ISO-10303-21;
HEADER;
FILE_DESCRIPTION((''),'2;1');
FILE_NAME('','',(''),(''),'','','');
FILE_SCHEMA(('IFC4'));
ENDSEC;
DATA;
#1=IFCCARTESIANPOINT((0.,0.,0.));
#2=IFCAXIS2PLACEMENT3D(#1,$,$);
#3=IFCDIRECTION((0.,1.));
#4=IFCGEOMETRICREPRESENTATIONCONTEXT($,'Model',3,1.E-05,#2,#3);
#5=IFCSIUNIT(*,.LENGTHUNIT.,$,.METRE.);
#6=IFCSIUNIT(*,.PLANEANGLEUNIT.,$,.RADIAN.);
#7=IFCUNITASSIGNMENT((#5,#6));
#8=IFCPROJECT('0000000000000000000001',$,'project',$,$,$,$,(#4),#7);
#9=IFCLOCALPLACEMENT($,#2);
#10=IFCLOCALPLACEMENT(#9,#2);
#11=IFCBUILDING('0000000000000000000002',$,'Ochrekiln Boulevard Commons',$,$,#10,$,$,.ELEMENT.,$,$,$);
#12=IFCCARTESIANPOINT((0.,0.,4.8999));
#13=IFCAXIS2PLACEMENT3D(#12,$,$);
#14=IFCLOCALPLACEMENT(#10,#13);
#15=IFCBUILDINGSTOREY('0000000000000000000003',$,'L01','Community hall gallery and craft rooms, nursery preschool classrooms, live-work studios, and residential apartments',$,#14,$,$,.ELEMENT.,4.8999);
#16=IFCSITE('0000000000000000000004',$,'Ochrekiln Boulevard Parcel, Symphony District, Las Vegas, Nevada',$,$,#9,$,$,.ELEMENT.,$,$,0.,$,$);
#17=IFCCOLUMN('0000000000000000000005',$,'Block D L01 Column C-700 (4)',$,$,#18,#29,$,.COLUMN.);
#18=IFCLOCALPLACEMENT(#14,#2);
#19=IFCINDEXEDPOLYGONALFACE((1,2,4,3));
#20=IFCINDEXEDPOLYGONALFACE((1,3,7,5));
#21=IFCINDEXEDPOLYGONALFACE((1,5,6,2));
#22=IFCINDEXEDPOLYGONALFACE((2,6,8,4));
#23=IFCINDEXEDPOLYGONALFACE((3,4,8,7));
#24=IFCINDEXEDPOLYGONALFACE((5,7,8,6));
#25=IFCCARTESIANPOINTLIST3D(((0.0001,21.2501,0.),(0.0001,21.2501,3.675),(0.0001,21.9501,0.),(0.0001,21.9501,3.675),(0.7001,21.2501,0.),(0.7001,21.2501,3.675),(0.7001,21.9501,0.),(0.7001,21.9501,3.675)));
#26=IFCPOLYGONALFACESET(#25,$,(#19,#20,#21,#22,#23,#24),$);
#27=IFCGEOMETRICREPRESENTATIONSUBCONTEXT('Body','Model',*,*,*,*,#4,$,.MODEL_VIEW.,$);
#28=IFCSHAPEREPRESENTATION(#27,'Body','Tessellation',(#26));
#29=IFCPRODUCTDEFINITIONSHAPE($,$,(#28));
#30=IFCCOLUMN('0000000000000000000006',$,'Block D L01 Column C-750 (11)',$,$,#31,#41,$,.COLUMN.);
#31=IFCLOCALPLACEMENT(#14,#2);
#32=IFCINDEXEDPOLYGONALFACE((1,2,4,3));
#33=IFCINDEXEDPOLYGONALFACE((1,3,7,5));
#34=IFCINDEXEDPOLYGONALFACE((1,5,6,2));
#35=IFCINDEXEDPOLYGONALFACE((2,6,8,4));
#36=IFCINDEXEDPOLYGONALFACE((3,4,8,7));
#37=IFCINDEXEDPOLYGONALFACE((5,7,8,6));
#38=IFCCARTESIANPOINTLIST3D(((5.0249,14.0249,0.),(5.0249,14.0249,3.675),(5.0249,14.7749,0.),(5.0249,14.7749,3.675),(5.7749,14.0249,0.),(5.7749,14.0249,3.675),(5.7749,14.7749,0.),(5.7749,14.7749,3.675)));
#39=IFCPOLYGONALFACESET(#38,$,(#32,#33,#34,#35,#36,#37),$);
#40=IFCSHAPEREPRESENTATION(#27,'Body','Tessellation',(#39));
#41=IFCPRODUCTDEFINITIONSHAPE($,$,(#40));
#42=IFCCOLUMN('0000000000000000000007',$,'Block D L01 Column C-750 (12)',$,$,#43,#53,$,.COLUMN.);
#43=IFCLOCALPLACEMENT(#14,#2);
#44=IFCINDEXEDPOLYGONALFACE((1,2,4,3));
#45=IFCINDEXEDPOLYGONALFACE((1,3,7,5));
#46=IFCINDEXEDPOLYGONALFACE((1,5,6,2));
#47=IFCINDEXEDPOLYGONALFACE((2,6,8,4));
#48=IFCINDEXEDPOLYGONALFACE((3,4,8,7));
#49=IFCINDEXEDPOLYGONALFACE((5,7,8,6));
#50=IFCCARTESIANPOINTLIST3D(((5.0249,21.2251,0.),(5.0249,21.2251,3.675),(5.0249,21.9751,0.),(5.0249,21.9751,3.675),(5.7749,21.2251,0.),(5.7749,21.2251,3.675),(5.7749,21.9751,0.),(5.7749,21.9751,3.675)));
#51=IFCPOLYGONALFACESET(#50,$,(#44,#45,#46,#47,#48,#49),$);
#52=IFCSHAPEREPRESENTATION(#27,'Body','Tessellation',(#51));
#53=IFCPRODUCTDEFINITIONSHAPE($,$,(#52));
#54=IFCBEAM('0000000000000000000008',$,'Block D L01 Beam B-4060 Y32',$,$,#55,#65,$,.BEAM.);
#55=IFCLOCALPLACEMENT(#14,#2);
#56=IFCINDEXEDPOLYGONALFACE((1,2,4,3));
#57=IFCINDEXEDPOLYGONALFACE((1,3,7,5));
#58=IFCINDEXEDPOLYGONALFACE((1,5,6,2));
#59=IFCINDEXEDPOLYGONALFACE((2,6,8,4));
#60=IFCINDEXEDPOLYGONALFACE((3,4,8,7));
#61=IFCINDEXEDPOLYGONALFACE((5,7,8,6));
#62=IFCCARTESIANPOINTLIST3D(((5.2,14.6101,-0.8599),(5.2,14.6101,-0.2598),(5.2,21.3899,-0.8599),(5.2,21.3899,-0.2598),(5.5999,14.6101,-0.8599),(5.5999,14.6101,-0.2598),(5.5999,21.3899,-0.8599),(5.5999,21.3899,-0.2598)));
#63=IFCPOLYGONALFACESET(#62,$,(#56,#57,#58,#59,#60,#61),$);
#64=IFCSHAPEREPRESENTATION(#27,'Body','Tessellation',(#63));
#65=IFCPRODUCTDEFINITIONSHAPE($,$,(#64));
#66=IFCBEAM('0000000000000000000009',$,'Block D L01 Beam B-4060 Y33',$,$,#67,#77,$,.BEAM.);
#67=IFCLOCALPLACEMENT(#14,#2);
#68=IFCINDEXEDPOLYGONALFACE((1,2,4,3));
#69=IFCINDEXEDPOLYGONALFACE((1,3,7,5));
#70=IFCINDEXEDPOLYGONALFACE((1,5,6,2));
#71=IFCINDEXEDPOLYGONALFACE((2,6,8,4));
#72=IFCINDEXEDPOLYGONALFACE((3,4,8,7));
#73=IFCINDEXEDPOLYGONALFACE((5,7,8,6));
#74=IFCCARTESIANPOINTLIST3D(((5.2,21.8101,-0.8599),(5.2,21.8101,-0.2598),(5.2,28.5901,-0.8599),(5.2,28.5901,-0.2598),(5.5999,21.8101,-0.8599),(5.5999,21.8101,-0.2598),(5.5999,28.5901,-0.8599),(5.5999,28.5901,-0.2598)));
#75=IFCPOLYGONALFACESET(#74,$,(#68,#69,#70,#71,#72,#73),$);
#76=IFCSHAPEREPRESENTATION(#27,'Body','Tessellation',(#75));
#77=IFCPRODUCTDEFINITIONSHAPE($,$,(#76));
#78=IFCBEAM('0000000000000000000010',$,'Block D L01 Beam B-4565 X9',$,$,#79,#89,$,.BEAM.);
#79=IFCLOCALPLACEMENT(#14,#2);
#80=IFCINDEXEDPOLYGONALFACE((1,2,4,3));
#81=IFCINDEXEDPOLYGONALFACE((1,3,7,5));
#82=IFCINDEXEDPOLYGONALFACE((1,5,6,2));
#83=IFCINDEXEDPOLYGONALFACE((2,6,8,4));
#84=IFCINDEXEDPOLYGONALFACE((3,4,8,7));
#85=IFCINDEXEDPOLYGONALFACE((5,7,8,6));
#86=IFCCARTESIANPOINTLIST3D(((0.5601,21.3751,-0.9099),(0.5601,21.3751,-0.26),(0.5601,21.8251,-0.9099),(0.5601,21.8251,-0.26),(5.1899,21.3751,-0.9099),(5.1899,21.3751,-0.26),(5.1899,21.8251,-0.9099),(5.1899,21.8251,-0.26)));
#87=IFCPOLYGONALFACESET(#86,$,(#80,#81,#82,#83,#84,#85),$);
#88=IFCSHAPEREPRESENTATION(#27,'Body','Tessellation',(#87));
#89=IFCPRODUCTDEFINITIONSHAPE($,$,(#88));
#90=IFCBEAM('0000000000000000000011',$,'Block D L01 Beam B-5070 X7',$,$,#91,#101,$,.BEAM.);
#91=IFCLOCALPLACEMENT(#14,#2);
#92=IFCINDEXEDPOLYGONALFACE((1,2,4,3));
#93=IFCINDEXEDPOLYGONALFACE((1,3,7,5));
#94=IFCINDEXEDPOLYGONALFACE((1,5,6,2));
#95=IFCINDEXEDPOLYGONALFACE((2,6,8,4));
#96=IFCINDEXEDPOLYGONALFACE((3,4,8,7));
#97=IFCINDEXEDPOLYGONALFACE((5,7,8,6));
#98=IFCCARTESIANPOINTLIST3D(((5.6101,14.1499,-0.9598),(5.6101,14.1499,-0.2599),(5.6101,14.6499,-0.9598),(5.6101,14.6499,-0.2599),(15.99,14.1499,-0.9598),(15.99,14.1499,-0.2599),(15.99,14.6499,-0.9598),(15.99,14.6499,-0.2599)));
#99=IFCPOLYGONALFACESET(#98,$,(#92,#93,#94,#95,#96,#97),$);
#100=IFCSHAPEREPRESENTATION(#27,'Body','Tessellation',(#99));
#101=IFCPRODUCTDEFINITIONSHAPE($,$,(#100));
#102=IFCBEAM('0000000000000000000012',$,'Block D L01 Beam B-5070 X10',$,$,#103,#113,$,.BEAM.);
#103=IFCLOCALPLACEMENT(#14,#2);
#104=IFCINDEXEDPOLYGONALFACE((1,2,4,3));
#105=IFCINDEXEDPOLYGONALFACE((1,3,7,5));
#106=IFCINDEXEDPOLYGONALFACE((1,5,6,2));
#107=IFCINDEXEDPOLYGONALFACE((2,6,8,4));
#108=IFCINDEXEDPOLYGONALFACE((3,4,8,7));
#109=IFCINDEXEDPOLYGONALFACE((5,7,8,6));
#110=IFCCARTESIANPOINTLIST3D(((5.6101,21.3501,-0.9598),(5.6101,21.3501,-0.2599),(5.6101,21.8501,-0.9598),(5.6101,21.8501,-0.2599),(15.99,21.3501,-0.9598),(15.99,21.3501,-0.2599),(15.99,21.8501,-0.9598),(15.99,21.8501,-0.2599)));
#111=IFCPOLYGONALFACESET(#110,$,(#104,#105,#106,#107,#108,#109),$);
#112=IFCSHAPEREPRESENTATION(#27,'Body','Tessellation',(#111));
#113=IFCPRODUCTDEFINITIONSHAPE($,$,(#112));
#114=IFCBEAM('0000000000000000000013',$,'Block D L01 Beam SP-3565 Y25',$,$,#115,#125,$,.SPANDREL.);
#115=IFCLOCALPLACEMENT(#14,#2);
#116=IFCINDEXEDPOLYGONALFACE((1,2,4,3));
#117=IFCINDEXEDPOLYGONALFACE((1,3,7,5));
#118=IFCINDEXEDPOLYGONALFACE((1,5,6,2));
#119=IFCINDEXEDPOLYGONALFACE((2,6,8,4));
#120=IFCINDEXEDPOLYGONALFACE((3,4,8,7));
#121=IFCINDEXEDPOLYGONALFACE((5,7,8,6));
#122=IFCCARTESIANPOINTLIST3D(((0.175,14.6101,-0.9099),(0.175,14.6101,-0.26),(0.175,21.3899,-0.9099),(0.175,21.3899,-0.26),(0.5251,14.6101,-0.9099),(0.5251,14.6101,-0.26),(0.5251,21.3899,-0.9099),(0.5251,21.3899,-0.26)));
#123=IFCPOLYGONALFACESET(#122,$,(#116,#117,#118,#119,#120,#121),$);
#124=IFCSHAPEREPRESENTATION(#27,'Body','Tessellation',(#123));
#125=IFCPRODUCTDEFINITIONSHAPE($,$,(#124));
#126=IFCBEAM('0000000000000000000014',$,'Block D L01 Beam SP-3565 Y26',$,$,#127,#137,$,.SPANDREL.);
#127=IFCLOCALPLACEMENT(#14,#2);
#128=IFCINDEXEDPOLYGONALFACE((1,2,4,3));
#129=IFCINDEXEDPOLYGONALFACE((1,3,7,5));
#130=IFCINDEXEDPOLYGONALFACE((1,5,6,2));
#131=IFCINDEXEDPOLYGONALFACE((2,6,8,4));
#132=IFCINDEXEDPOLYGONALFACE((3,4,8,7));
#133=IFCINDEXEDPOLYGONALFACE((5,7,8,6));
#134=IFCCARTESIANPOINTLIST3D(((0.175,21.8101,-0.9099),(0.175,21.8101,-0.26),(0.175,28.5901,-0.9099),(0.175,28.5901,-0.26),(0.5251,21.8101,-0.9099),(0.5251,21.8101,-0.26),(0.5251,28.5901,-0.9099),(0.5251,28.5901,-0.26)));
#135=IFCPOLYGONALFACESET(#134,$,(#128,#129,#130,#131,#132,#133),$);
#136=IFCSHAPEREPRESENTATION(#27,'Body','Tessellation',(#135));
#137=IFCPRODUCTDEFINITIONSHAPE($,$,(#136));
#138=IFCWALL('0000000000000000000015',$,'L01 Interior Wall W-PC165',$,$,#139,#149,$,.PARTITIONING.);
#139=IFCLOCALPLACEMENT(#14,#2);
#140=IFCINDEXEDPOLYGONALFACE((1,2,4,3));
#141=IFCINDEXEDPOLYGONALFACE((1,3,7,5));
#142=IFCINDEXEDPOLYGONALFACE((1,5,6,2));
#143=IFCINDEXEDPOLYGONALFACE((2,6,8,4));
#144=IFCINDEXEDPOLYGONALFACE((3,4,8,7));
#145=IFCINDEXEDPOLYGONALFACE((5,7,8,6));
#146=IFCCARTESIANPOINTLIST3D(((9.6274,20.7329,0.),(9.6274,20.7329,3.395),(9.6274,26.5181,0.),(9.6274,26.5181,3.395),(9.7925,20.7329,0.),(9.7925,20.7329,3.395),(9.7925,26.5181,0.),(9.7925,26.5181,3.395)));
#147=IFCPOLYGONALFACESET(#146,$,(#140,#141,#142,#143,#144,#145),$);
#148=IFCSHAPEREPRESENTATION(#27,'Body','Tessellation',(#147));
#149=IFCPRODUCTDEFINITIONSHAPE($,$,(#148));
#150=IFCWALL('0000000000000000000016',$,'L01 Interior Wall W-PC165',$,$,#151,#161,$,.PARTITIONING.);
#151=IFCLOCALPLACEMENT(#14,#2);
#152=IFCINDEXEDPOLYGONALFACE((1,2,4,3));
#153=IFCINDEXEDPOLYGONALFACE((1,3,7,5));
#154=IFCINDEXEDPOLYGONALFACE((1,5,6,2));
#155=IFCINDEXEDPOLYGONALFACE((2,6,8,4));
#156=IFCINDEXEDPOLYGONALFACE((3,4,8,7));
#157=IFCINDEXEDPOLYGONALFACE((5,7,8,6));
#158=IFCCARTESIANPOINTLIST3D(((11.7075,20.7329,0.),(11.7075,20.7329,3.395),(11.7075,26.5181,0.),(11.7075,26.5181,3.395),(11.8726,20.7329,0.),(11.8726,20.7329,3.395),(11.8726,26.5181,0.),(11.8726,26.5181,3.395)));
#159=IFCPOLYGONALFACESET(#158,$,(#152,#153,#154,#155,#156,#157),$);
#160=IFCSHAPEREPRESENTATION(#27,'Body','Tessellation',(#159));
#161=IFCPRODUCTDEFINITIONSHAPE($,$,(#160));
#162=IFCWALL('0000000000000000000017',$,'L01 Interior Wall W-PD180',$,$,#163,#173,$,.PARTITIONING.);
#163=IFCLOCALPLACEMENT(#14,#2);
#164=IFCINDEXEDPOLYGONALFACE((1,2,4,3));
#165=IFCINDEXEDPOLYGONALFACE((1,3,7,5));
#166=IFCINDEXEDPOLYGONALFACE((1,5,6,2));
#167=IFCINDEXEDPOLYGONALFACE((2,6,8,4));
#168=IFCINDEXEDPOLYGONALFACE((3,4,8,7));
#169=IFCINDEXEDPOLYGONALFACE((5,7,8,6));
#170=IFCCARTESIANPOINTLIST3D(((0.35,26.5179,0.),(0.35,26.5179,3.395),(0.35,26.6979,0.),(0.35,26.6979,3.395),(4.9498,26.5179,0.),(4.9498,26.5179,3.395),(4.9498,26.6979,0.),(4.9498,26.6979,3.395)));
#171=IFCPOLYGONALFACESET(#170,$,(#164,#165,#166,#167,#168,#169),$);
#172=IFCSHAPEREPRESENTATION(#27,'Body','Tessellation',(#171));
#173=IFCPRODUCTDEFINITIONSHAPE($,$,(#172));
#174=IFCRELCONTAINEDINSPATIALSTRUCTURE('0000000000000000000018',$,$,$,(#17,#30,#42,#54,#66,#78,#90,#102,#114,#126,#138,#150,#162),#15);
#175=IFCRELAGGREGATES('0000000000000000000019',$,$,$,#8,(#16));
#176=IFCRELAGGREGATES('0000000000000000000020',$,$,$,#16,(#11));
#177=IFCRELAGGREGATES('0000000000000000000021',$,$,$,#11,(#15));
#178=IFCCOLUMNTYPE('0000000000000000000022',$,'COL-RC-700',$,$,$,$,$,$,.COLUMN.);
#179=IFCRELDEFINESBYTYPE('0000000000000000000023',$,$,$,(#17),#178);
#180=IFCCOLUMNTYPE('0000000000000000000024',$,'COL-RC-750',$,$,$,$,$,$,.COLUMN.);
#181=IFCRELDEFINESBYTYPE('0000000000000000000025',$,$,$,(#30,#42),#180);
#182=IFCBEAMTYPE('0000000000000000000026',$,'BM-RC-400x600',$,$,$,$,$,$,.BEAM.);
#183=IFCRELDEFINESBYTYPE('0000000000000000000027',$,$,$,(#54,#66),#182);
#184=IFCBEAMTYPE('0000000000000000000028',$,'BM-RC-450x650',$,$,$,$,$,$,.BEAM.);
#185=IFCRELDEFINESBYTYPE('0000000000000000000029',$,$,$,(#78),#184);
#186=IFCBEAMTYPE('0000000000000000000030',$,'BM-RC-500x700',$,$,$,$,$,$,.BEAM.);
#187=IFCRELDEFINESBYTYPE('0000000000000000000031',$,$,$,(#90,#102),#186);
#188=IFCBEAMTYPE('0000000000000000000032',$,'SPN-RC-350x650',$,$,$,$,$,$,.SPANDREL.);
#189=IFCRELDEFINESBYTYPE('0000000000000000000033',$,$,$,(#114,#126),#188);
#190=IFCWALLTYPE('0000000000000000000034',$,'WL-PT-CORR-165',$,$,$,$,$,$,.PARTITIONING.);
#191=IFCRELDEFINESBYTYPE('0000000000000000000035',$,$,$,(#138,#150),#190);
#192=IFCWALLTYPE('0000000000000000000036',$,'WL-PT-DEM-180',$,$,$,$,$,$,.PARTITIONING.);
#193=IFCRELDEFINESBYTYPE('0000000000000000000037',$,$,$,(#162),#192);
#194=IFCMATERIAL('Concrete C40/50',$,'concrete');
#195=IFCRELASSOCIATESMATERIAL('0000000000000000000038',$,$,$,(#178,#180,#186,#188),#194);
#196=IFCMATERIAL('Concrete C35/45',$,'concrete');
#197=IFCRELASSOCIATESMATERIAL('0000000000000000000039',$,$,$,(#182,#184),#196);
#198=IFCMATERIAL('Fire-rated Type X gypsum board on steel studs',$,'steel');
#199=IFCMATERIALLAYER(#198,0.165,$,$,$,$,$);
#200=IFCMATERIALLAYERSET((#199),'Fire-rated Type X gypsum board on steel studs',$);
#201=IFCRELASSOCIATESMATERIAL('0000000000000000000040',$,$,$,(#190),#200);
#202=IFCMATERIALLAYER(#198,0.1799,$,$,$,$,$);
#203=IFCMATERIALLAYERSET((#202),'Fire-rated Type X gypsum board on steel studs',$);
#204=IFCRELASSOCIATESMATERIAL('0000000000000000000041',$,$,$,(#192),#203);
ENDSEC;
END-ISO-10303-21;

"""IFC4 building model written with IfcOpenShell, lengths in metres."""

from ifc_helpers import new_model, si_unit, direction, frame, frame_2d, origin, origin_2d, place, context, subcontext, project, spatial, rectangle, extrude, material, layer, layer_set, material_profile, profile_set, type_object, element, save


model = new_model("IFC4")

# Units and contexts
model_context = context("Model", 3, precision=1e-05, world=origin(), true_north=direction((0.0, 1.0)))
body_context = subcontext(model_context, "Body", "Model", "MODEL_VIEW")
ifc_project = project(units=[si_unit("LENGTHUNIT", "METRE"), si_unit("PLANEANGLEUNIT", "RADIAN")], contexts=[model_context])

# Site, building, storey
site_placement = place(None, origin())
site = spatial("IfcSite", under=ifc_project, at=site_placement, Name="Ochrekiln Boulevard Parcel, Symphony District, Las Vegas, Nevada", CompositionType="ELEMENT", RefElevation=0.0)
building_placement = place(site_placement, origin())
building = spatial("IfcBuilding", under=site, at=building_placement, Name="Ochrekiln Boulevard Commons", CompositionType="ELEMENT")
storey_placement = place(building_placement, frame((0.0, 0.0, 4.8999)))
storey = spatial("IfcBuildingStorey", under=building, at=storey_placement, Name="L01", Description="Community hall gallery and craft rooms, nursery preschool classrooms, live-work studios, and residential apartments", CompositionType="ELEMENT", Elevation=4.8999)

# Columns
ifc_material_1 = material(Name="Concrete C40/50", Category="concrete")
ifc_material_profile_1 = material_profile(ifc_material_1, rectangle(XDim=0.7, YDim=0.7, at=origin_2d()), Name="RC-COL-700x700")
ifc_profile_set_1 = profile_set([ifc_material_profile_1], Name="Concrete C40/50")
column_type_1 = type_object("IfcColumnType", Name="COL-RC-700", PredefinedType="COLUMN", material=ifc_profile_set_1)
column_placement = place(storey_placement, frame((0.3501, 21.6001, 0.0), z_axis=(0.0, 0.0, 1.0), x_axis=(1.0, 0.0, 0.0)))
element("IfcColumn", 1, at=column_placement, inside=storey, type_object=column_type_1, Name="Block D L01 Column C-700 (4)", PredefinedType="COLUMN", context=body_context, shape_type="SweptSolid", body=[
    extrude(rectangle(XDim=0.7, YDim=0.7, at=origin_2d()), origin(), (0.0, 0.0, 1.0), 3.675),
])
ifc_material_profile_2 = material_profile(ifc_material_1, rectangle(XDim=0.75, YDim=0.75, at=origin_2d()), Name="RC-COL-750x750")
ifc_profile_set_2 = profile_set([ifc_material_profile_2], Name="Concrete C40/50")
column_type_2 = type_object("IfcColumnType", Name="COL-RC-750", PredefinedType="COLUMN", material=ifc_profile_set_2)
for number, where, z_axis, x_axis, name in (
    (2, (5.3999, 14.3999, 0.0), (0.0, 0.0, 1.0), (1.0, 0.0, 0.0), "Block D L01 Column C-750 (11)"),
    (3, (5.3999, 21.6001, 0.0), (0.0, 0.0, 1.0), (1.0, 0.0, 0.0), "Block D L01 Column C-750 (12)"),
):
    element("IfcColumn", number, at=place(storey_placement, frame(where, z_axis=z_axis, x_axis=x_axis)), inside=storey, type_object=column_type_2, Name=name, PredefinedType="COLUMN", context=body_context, shape_type="SweptSolid", body=[
        extrude(rectangle(XDim=0.75, YDim=0.75, at=origin_2d()), origin(), (0.0, 0.0, 1.0), 3.675),
    ])

# Beams
ifc_material_2 = material(Name="Concrete C35/45", Category="concrete")
ifc_material_profile_3 = material_profile(ifc_material_2, rectangle(XDim=0.3999, YDim=0.6001, at=origin_2d()), Name="RC-BM-400x600")
ifc_profile_set_3 = profile_set([ifc_material_profile_3], Name="Concrete C35/45")
beam_type_1 = type_object("IfcBeamType", Name="BM-RC-400x600", PredefinedType="BEAM", material=ifc_profile_set_3)
beam_1_placement = place(storey_placement, frame((5.3999, 14.6101, -0.5598), z_axis=(0.0, 1.0, 0.0), x_axis=(-1.0, 0.0, 0.0)))
element("IfcBeam", 4, at=beam_1_placement, inside=storey, type_object=beam_type_1, Name="Block D L01 Beam B-4060 Y32", PredefinedType="BEAM", context=body_context, shape_type="SweptSolid", body=[
    extrude(rectangle(XDim=0.3999, YDim=0.6001, at=origin_2d()), origin(), (0.0, 0.0, 1.0), 6.7798),
])
beam_2_placement = place(storey_placement, frame((5.3999, 21.8101, -0.5598), z_axis=(0.0, 1.0, 0.0), x_axis=(-1.0, 0.0, 0.0)))
element("IfcBeam", 5, at=beam_2_placement, inside=storey, type_object=beam_type_1, Name="Block D L01 Beam B-4060 Y33", PredefinedType="BEAM", context=body_context, shape_type="SweptSolid", body=[
    extrude(rectangle(XDim=0.3999, YDim=0.6001, at=origin_2d()), origin(), (0.0, 0.0, 1.0), 6.78),
])
ifc_material_profile_4 = material_profile(ifc_material_2, rectangle(XDim=0.45, YDim=0.6499, at=origin_2d()), Name="RC-BM-450x650")
ifc_profile_set_4 = profile_set([ifc_material_profile_4], Name="Concrete C35/45")
beam_type_2 = type_object("IfcBeamType", Name="BM-RC-450x650", PredefinedType="BEAM", material=ifc_profile_set_4)
beam_3_placement = place(storey_placement, frame((0.5601, 21.6001, -0.585), z_axis=(1.0, 0.0, 0.0), x_axis=(0.0, 1.0, 0.0)))
element("IfcBeam", 6, at=beam_3_placement, inside=storey, type_object=beam_type_2, Name="Block D L01 Beam B-4565 X9", PredefinedType="BEAM", context=body_context, shape_type="SweptSolid", body=[
    extrude(rectangle(XDim=0.45, YDim=0.6499, at=origin_2d()), origin(), (0.0, 0.0, 1.0), 4.6299),
])
ifc_material_profile_5 = material_profile(ifc_material_1, rectangle(XDim=0.5, YDim=0.7, at=origin_2d()), Name="RC-BM-500x700")
ifc_profile_set_5 = profile_set([ifc_material_profile_5], Name="Concrete C40/50")
beam_type_3 = type_object("IfcBeamType", Name="BM-RC-500x700", PredefinedType="BEAM", material=ifc_profile_set_5)
for number, where, z_axis, x_axis, name in (
    (7, (5.6101, 14.3999, -0.6099), (1.0, 0.0, 0.0), (0.0, 1.0, 0.0), "Block D L01 Beam B-5070 X7"),
    (8, (5.6101, 21.6001, -0.6099), (1.0, 0.0, 0.0), (0.0, 1.0, 0.0), "Block D L01 Beam B-5070 X10"),
):
    element("IfcBeam", number, at=place(storey_placement, frame(where, z_axis=z_axis, x_axis=x_axis)), inside=storey, type_object=beam_type_3, Name=name, PredefinedType="BEAM", context=body_context, shape_type="SweptSolid", body=[
        extrude(rectangle(XDim=0.5, YDim=0.7, at=origin_2d()), origin(), (0.0, 0.0, 1.0), 10.3799),
    ])
ifc_material_profile_6 = material_profile(ifc_material_1, rectangle(XDim=0.3501, YDim=0.6499, at=origin_2d()), Name="RC-SPN-350x650")
ifc_profile_set_6 = profile_set([ifc_material_profile_6], Name="Concrete C40/50")
beam_type_4 = type_object("IfcBeamType", Name="SPN-RC-350x650", PredefinedType="SPANDREL", material=ifc_profile_set_6)
beam_4_placement = place(storey_placement, frame((0.3501, 14.6101, -0.585), z_axis=(0.0, 1.0, 0.0), x_axis=(-1.0, 0.0, 0.0)))
element("IfcBeam", 9, at=beam_4_placement, inside=storey, type_object=beam_type_4, Name="Block D L01 Beam SP-3565 Y25", PredefinedType="SPANDREL", context=body_context, shape_type="SweptSolid", body=[
    extrude(rectangle(XDim=0.3501, YDim=0.6499, at=origin_2d()), origin(), (0.0, 0.0, 1.0), 6.7798),
])
beam_5_placement = place(storey_placement, frame((0.3501, 21.8101, -0.585), z_axis=(0.0, 1.0, 0.0), x_axis=(-1.0, 0.0, 0.0)))
element("IfcBeam", 10, at=beam_5_placement, inside=storey, type_object=beam_type_4, Name="Block D L01 Beam SP-3565 Y26", PredefinedType="SPANDREL", context=body_context, shape_type="SweptSolid", body=[
    extrude(rectangle(XDim=0.3501, YDim=0.6499, at=origin_2d()), origin(), (0.0, 0.0, 1.0), 6.78),
])

# Walls
ifc_material_3 = material(Name="Fire-rated Type X gypsum board on steel studs", Category="steel")
ifc_layer_1 = layer(ifc_material_3, 0.165)
ifc_layer_set_1 = layer_set([ifc_layer_1], Name="Fire-rated Type X gypsum board on steel studs")
wall_type_1 = type_object("IfcWallType", Name="WL-PT-CORR-165", PredefinedType="PARTITIONING", material=ifc_layer_set_1)
for number, where, z_axis, x_axis, name in (
    (11, (9.71, 20.7329, 0.0), (0.0, 0.0, 1.0), (0.0, 1.0, 0.0), "L01 Interior Wall W-PC165"),
    (12, (11.79, 20.7329, 0.0), (0.0, 0.0, 1.0), (0.0, 1.0, 0.0), "L01 Interior Wall W-PC165"),
):
    element("IfcWall", number, at=place(storey_placement, frame(where, z_axis=z_axis, x_axis=x_axis)), inside=storey, type_object=wall_type_1, Name=name, PredefinedType="PARTITIONING", context=body_context, shape_type="SweptSolid", body=[
        extrude(rectangle(XDim=5.7852, YDim=0.165, at=frame_2d((2.8926, 0.0))), origin(), (0.0, 0.0, 1.0), 3.395),
    ])
ifc_layer_2 = layer(ifc_material_3, 0.1799)
ifc_layer_set_2 = layer_set([ifc_layer_2], Name="Fire-rated Type X gypsum board on steel studs")
wall_type_2 = type_object("IfcWallType", Name="WL-PT-DEM-180", PredefinedType="PARTITIONING", material=ifc_layer_set_2)
wall_1_placement = place(storey_placement, frame((0.3501, 26.6079, 0.0), z_axis=(0.0, 0.0, 1.0), x_axis=(1.0, 0.0, 0.0)))
element("IfcWall", 13, at=wall_1_placement, inside=storey, type_object=wall_type_2, Name="L01 Interior Wall W-PD180", PredefinedType="PARTITIONING", context=body_context, shape_type="SweptSolid", body=[
    extrude(rectangle(XDim=4.5999, YDim=0.1799, at=frame_2d((2.2998, 0.0))), origin(), (0.0, 0.0, 1.0), 3.395),
])

save(model, "model.ifc")
